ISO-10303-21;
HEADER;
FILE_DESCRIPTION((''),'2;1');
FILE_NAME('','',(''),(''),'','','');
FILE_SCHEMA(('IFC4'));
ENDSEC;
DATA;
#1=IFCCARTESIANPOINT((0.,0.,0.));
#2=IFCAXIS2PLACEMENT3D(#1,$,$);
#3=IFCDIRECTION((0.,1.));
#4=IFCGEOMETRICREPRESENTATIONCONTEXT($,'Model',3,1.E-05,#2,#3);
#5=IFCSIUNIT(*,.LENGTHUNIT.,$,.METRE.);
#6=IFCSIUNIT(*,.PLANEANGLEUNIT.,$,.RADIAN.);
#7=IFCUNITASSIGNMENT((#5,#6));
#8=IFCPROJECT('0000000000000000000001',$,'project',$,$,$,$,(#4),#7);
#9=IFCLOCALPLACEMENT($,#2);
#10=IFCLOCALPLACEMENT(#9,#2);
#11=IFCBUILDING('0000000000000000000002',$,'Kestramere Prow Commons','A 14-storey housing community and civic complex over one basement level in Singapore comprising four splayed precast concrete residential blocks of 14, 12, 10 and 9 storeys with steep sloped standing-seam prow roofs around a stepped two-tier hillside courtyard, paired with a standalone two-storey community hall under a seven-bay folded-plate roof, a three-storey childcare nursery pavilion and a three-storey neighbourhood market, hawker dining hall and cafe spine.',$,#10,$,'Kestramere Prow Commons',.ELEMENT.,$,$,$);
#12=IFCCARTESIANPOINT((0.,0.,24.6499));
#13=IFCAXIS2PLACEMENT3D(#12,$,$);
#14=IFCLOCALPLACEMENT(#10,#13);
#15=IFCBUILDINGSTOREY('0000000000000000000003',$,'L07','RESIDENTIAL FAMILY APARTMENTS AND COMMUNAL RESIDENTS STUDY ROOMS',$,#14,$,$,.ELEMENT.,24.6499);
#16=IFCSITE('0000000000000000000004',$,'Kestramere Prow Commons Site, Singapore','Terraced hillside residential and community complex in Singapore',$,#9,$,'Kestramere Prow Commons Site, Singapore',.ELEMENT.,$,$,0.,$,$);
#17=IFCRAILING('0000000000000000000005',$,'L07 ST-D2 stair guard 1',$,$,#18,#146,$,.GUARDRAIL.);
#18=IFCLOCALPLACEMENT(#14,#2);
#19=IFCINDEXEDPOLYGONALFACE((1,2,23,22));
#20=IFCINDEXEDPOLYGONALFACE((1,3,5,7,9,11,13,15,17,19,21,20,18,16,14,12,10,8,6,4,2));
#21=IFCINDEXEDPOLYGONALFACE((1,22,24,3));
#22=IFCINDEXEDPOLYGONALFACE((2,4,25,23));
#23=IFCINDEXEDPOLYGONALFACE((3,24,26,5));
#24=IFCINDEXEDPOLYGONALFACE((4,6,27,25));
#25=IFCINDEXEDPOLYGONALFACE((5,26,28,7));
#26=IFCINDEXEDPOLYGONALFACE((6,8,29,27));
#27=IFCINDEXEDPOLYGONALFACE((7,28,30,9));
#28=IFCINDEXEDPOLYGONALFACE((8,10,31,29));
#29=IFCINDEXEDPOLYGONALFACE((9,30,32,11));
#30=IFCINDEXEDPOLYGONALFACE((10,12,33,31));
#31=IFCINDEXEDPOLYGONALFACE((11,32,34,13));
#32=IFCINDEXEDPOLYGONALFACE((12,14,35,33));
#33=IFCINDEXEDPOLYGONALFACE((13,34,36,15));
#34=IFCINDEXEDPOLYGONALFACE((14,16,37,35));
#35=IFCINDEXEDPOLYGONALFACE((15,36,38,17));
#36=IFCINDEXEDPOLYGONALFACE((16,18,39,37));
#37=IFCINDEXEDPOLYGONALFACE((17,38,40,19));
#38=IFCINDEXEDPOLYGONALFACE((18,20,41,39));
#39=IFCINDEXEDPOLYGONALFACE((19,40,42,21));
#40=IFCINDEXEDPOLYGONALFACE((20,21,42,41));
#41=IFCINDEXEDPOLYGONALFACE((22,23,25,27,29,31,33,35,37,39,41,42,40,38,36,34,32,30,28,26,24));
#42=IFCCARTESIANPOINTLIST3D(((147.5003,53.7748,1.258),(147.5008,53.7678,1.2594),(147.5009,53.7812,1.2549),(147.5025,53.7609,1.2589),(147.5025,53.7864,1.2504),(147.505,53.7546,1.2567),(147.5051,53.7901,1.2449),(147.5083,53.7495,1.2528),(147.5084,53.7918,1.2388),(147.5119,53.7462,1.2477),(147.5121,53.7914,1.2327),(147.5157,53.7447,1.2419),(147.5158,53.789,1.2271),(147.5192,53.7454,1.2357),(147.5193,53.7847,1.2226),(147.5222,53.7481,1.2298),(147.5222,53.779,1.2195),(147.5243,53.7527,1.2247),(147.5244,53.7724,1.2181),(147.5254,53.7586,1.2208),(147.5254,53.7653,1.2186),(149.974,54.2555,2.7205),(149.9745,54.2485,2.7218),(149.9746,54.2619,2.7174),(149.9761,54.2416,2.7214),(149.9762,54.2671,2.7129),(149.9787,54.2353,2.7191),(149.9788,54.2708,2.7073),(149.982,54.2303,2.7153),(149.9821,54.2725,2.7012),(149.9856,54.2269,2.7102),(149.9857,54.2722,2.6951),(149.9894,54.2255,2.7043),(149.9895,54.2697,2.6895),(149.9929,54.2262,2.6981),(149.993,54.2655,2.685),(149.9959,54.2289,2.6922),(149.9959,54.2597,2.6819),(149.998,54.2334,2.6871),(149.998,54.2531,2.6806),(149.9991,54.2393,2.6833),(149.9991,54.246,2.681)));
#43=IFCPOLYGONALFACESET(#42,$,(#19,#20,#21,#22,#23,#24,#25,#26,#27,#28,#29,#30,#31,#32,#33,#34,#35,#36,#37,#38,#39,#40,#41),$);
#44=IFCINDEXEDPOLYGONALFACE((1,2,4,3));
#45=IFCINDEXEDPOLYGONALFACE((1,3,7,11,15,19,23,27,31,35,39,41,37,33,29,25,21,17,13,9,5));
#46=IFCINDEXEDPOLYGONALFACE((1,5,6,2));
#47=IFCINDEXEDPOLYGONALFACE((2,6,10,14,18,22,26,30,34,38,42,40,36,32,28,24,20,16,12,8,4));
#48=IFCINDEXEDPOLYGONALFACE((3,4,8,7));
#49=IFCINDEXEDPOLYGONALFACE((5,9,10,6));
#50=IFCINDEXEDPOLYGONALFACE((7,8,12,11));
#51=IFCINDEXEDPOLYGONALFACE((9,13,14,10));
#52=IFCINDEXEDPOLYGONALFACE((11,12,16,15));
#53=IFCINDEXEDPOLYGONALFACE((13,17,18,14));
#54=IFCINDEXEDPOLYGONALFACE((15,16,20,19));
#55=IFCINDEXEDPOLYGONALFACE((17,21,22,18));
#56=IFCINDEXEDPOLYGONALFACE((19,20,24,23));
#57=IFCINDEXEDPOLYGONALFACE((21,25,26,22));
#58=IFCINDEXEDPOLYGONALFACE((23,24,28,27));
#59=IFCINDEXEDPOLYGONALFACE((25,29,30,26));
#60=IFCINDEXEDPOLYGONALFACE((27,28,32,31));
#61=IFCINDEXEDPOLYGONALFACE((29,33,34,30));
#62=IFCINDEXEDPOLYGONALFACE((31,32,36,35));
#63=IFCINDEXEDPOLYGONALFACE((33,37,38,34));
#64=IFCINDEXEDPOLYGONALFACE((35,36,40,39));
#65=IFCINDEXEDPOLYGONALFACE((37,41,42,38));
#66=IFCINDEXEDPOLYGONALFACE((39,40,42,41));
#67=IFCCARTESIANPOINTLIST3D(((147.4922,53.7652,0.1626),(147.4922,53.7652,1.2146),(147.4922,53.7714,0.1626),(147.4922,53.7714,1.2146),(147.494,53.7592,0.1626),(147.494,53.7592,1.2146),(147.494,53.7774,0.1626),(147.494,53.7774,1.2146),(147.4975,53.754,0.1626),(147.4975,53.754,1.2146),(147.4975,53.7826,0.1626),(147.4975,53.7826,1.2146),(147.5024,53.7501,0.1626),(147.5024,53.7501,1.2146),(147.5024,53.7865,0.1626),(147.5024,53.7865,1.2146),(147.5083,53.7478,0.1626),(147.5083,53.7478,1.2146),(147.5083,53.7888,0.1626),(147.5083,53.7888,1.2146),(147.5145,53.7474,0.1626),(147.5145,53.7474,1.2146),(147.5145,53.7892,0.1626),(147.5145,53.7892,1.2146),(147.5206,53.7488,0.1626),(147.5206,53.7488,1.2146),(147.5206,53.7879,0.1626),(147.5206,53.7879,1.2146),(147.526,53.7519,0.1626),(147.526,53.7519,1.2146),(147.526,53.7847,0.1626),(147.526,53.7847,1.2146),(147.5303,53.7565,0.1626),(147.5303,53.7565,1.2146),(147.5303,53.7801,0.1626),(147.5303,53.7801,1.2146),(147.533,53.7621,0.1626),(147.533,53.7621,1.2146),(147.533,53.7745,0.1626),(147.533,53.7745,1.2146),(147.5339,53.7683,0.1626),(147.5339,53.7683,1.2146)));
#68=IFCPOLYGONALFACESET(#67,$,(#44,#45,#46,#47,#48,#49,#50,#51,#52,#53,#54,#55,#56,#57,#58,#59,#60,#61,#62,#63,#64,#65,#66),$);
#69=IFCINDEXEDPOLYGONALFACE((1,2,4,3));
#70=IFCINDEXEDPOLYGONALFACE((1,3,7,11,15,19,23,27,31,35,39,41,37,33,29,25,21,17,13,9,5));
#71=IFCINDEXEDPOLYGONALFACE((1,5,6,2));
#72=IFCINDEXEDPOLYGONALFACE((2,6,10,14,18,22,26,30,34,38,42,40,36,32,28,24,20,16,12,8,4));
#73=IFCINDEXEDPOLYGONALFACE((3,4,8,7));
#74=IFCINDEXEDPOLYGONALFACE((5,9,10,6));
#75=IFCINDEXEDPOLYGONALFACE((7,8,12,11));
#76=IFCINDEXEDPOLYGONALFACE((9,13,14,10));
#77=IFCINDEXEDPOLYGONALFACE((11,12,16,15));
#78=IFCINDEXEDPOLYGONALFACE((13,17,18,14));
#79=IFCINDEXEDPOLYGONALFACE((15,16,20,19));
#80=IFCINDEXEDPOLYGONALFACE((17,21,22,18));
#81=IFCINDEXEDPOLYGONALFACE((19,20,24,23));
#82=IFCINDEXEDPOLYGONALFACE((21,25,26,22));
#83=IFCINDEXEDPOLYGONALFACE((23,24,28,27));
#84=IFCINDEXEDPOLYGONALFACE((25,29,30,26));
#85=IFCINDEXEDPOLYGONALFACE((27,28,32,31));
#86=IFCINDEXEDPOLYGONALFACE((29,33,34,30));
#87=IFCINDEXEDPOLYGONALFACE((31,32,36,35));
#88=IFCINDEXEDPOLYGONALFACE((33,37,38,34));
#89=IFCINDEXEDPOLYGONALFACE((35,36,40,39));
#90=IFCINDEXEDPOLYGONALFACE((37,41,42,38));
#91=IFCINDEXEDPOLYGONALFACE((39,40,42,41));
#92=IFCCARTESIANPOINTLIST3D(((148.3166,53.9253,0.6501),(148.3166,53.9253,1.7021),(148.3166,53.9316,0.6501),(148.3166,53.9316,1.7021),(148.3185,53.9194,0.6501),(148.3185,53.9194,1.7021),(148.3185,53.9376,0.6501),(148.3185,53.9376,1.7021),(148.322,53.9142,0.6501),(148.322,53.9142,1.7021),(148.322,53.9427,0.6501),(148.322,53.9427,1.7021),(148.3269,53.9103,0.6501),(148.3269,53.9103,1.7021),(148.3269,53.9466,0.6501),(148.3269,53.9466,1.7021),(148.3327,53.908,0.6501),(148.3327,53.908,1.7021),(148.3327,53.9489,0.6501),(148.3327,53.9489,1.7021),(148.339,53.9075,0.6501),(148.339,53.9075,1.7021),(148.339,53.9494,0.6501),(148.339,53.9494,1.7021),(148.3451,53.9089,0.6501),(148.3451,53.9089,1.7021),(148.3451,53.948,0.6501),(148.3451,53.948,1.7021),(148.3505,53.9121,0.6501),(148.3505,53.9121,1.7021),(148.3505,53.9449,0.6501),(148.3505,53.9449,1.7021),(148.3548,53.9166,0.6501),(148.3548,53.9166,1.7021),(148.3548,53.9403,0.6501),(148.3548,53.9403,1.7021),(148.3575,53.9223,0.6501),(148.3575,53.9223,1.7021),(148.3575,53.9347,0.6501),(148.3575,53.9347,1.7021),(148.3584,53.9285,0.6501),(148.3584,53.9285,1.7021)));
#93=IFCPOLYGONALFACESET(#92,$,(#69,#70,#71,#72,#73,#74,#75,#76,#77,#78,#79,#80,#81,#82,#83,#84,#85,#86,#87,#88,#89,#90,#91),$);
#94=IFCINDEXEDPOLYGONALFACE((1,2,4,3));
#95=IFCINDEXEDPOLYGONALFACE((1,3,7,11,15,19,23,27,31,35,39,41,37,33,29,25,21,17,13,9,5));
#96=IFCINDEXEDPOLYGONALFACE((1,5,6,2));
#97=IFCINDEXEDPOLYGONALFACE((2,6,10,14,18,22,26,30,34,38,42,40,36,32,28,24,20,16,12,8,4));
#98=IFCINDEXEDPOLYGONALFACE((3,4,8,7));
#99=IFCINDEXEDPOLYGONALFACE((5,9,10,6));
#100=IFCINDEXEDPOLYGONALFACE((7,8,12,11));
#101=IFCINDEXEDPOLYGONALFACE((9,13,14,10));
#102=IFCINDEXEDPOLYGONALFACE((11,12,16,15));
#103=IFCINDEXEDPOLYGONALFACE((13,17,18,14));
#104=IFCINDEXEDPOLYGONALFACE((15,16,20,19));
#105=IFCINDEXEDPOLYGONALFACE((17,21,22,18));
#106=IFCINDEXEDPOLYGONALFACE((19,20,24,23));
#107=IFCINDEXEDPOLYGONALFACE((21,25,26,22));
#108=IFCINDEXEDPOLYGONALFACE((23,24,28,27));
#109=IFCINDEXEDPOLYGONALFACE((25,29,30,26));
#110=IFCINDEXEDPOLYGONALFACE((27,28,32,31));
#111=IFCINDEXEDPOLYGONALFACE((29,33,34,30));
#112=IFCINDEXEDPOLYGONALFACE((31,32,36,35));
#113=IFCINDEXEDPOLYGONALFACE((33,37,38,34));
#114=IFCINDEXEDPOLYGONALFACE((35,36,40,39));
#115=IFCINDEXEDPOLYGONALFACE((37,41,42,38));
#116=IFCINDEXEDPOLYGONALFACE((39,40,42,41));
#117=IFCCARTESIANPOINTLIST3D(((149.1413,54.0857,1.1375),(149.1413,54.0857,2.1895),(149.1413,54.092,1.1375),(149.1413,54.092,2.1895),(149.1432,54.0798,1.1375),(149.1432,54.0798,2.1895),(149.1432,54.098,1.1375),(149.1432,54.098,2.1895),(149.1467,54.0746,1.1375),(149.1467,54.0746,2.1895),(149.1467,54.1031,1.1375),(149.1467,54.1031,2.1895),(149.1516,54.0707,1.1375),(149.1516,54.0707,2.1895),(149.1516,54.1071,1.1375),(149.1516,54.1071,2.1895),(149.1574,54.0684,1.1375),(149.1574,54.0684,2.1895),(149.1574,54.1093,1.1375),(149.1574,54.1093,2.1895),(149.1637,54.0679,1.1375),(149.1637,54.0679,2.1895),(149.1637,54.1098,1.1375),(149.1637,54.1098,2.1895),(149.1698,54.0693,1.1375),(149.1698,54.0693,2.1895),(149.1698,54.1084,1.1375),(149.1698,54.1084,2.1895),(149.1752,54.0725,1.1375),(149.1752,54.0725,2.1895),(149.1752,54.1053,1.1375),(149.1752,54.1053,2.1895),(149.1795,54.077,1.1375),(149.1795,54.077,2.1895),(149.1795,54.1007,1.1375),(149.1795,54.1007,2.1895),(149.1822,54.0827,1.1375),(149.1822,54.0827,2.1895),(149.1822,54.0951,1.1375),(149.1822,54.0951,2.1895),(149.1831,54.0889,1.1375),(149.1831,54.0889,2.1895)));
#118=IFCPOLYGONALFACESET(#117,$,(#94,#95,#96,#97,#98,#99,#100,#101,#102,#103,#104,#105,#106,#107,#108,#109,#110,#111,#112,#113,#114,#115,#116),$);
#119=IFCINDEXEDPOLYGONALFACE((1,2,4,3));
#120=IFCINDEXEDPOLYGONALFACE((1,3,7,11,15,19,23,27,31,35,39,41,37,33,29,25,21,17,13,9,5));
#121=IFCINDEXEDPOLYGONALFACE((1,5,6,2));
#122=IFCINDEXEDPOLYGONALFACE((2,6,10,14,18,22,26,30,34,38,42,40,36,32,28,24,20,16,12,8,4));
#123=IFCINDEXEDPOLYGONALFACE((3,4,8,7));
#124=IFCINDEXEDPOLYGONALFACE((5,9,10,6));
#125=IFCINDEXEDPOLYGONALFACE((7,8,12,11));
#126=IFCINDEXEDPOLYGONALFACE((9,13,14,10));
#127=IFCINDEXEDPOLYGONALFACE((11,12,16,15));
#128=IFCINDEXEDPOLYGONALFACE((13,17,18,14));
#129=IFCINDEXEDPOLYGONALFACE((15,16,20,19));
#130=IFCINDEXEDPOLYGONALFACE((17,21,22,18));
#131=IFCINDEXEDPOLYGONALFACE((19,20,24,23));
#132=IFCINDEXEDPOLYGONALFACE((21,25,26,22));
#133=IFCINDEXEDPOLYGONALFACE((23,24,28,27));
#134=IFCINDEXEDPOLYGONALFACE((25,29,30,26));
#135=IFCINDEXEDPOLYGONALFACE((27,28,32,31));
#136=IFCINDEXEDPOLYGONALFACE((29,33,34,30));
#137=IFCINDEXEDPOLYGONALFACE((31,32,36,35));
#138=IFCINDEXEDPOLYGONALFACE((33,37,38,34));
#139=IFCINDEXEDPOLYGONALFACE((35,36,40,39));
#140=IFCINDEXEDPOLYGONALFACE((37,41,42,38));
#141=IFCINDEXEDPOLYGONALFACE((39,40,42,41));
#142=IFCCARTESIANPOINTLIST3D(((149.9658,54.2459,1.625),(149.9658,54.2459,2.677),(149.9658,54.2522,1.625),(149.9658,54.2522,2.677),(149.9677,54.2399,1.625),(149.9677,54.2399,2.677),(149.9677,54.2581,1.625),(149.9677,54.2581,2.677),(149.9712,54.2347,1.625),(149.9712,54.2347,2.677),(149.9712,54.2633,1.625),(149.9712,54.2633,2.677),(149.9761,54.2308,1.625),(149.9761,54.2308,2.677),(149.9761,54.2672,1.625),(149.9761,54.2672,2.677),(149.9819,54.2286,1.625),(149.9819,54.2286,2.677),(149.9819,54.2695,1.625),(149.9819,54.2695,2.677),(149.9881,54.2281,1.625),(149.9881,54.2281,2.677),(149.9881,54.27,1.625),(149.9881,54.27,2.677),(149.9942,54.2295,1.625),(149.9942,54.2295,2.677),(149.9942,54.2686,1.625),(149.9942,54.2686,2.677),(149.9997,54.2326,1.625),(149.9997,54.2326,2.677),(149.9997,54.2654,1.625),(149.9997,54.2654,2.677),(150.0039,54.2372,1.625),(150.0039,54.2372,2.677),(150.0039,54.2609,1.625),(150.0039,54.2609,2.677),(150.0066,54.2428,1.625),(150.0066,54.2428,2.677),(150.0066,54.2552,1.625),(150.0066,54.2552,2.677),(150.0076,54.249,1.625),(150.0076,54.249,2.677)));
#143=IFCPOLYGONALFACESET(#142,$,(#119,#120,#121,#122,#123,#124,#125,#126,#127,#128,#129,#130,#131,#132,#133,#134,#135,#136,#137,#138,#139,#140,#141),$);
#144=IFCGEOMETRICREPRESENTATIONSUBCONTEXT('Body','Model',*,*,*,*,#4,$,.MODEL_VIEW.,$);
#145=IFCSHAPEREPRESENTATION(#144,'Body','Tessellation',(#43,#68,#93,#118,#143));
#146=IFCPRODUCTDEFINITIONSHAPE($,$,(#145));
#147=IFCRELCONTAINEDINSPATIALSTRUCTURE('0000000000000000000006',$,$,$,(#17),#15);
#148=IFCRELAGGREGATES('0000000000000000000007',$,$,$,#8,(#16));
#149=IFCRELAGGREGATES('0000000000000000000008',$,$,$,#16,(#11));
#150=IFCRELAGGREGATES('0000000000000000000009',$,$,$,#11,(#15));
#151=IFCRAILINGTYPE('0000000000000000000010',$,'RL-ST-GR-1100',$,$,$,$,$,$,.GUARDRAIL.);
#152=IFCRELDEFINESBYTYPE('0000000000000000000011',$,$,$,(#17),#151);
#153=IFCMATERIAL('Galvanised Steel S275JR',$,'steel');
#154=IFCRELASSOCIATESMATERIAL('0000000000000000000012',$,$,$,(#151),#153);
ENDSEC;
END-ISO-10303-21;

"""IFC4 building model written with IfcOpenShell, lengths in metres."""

from ifc_helpers import new_model, si_unit, direction, frame, origin, origin_2d, place, context, subcontext, project, spatial, circle, extrude, material, type_object, element, save


model = new_model("IFC4")

# Units and contexts
model_context = context("Model", 3, precision=1e-05, world=origin(), true_north=direction((0.0, 1.0)))
body_context = subcontext(model_context, "Body", "Model", "MODEL_VIEW")
ifc_project = project(units=[si_unit("LENGTHUNIT", "METRE"), si_unit("PLANEANGLEUNIT", "RADIAN")], contexts=[model_context])

# Site, building, storey
site_placement = place(None, origin())
site = spatial("IfcSite", under=ifc_project, at=site_placement, Name="Kestramere Prow Commons Site, Singapore", Description="Terraced hillside residential and community complex in Singapore", LongName="Kestramere Prow Commons Site, Singapore", CompositionType="ELEMENT", RefElevation=0.0)
building_placement = place(site_placement, origin())
building = spatial("IfcBuilding", under=site, at=building_placement, Name="Kestramere Prow Commons", Description="A 14-storey housing community and civic complex over one basement level in Singapore comprising four splayed precast concrete residential blocks of 14, 12, 10 and 9 storeys with steep sloped standing-seam prow roofs around a stepped two-tier hillside courtyard, paired with a standalone two-storey community hall under a seven-bay folded-plate roof, a three-storey childcare nursery pavilion and a three-storey neighbourhood market, hawker dining hall and cafe spine.", LongName="Kestramere Prow Commons", CompositionType="ELEMENT")
storey_placement = place(building_placement, frame((0.0, 0.0, 24.6499)))
storey = spatial("IfcBuildingStorey", under=building, at=storey_placement, Name="L07", Description="RESIDENTIAL FAMILY APARTMENTS AND COMMUNAL RESIDENTS STUDY ROOMS", CompositionType="ELEMENT", Elevation=24.6499)

# Railing
ifc_material_1 = material(Name="Galvanised Steel S275JR", Category="steel")
railing_type_1 = type_object("IfcRailingType", Name="RL-ST-GR-1100", PredefinedType="GUARDRAIL", material=ifc_material_1)
railing_1_placement = place(storey_placement, frame((147.5129, 53.7683, 0.1626)))
element("IfcRailing", 1, at=railing_1_placement, inside=storey, type_object=railing_type_1, Name="L07 ST-D2 stair guard 1", PredefinedType="GUARDRAIL", context=body_context, shape_type="SweptSolid", body=[
    extrude(circle(Radius=0.0239, at=origin_2d()), frame((0.0, 0.0, 1.0762), z_axis=(0.84902, 0.164994, 0.501938), x_axis=(-0.190766, 0.981636, 0.0)), (0.0, 0.0, 1.0), 2.9136),
    extrude(circle(Radius=0.021, at=origin_2d()), origin(), (0.0, 0.0, 1.0), 1.052),
    extrude(circle(Radius=0.021, at=origin_2d()), frame((0.8245, 0.1602, 0.4875)), (0.0, 0.0, 1.0), 1.052),
    extrude(circle(Radius=0.021, at=origin_2d()), frame((1.6492, 0.3206, 0.9749)), (0.0, 0.0, 1.0), 1.052),
    extrude(circle(Radius=0.021, at=origin_2d()), frame((2.4736, 0.4807, 1.4624)), (0.0, 0.0, 1.0), 1.052),
])

save(model, "model.ifc")
